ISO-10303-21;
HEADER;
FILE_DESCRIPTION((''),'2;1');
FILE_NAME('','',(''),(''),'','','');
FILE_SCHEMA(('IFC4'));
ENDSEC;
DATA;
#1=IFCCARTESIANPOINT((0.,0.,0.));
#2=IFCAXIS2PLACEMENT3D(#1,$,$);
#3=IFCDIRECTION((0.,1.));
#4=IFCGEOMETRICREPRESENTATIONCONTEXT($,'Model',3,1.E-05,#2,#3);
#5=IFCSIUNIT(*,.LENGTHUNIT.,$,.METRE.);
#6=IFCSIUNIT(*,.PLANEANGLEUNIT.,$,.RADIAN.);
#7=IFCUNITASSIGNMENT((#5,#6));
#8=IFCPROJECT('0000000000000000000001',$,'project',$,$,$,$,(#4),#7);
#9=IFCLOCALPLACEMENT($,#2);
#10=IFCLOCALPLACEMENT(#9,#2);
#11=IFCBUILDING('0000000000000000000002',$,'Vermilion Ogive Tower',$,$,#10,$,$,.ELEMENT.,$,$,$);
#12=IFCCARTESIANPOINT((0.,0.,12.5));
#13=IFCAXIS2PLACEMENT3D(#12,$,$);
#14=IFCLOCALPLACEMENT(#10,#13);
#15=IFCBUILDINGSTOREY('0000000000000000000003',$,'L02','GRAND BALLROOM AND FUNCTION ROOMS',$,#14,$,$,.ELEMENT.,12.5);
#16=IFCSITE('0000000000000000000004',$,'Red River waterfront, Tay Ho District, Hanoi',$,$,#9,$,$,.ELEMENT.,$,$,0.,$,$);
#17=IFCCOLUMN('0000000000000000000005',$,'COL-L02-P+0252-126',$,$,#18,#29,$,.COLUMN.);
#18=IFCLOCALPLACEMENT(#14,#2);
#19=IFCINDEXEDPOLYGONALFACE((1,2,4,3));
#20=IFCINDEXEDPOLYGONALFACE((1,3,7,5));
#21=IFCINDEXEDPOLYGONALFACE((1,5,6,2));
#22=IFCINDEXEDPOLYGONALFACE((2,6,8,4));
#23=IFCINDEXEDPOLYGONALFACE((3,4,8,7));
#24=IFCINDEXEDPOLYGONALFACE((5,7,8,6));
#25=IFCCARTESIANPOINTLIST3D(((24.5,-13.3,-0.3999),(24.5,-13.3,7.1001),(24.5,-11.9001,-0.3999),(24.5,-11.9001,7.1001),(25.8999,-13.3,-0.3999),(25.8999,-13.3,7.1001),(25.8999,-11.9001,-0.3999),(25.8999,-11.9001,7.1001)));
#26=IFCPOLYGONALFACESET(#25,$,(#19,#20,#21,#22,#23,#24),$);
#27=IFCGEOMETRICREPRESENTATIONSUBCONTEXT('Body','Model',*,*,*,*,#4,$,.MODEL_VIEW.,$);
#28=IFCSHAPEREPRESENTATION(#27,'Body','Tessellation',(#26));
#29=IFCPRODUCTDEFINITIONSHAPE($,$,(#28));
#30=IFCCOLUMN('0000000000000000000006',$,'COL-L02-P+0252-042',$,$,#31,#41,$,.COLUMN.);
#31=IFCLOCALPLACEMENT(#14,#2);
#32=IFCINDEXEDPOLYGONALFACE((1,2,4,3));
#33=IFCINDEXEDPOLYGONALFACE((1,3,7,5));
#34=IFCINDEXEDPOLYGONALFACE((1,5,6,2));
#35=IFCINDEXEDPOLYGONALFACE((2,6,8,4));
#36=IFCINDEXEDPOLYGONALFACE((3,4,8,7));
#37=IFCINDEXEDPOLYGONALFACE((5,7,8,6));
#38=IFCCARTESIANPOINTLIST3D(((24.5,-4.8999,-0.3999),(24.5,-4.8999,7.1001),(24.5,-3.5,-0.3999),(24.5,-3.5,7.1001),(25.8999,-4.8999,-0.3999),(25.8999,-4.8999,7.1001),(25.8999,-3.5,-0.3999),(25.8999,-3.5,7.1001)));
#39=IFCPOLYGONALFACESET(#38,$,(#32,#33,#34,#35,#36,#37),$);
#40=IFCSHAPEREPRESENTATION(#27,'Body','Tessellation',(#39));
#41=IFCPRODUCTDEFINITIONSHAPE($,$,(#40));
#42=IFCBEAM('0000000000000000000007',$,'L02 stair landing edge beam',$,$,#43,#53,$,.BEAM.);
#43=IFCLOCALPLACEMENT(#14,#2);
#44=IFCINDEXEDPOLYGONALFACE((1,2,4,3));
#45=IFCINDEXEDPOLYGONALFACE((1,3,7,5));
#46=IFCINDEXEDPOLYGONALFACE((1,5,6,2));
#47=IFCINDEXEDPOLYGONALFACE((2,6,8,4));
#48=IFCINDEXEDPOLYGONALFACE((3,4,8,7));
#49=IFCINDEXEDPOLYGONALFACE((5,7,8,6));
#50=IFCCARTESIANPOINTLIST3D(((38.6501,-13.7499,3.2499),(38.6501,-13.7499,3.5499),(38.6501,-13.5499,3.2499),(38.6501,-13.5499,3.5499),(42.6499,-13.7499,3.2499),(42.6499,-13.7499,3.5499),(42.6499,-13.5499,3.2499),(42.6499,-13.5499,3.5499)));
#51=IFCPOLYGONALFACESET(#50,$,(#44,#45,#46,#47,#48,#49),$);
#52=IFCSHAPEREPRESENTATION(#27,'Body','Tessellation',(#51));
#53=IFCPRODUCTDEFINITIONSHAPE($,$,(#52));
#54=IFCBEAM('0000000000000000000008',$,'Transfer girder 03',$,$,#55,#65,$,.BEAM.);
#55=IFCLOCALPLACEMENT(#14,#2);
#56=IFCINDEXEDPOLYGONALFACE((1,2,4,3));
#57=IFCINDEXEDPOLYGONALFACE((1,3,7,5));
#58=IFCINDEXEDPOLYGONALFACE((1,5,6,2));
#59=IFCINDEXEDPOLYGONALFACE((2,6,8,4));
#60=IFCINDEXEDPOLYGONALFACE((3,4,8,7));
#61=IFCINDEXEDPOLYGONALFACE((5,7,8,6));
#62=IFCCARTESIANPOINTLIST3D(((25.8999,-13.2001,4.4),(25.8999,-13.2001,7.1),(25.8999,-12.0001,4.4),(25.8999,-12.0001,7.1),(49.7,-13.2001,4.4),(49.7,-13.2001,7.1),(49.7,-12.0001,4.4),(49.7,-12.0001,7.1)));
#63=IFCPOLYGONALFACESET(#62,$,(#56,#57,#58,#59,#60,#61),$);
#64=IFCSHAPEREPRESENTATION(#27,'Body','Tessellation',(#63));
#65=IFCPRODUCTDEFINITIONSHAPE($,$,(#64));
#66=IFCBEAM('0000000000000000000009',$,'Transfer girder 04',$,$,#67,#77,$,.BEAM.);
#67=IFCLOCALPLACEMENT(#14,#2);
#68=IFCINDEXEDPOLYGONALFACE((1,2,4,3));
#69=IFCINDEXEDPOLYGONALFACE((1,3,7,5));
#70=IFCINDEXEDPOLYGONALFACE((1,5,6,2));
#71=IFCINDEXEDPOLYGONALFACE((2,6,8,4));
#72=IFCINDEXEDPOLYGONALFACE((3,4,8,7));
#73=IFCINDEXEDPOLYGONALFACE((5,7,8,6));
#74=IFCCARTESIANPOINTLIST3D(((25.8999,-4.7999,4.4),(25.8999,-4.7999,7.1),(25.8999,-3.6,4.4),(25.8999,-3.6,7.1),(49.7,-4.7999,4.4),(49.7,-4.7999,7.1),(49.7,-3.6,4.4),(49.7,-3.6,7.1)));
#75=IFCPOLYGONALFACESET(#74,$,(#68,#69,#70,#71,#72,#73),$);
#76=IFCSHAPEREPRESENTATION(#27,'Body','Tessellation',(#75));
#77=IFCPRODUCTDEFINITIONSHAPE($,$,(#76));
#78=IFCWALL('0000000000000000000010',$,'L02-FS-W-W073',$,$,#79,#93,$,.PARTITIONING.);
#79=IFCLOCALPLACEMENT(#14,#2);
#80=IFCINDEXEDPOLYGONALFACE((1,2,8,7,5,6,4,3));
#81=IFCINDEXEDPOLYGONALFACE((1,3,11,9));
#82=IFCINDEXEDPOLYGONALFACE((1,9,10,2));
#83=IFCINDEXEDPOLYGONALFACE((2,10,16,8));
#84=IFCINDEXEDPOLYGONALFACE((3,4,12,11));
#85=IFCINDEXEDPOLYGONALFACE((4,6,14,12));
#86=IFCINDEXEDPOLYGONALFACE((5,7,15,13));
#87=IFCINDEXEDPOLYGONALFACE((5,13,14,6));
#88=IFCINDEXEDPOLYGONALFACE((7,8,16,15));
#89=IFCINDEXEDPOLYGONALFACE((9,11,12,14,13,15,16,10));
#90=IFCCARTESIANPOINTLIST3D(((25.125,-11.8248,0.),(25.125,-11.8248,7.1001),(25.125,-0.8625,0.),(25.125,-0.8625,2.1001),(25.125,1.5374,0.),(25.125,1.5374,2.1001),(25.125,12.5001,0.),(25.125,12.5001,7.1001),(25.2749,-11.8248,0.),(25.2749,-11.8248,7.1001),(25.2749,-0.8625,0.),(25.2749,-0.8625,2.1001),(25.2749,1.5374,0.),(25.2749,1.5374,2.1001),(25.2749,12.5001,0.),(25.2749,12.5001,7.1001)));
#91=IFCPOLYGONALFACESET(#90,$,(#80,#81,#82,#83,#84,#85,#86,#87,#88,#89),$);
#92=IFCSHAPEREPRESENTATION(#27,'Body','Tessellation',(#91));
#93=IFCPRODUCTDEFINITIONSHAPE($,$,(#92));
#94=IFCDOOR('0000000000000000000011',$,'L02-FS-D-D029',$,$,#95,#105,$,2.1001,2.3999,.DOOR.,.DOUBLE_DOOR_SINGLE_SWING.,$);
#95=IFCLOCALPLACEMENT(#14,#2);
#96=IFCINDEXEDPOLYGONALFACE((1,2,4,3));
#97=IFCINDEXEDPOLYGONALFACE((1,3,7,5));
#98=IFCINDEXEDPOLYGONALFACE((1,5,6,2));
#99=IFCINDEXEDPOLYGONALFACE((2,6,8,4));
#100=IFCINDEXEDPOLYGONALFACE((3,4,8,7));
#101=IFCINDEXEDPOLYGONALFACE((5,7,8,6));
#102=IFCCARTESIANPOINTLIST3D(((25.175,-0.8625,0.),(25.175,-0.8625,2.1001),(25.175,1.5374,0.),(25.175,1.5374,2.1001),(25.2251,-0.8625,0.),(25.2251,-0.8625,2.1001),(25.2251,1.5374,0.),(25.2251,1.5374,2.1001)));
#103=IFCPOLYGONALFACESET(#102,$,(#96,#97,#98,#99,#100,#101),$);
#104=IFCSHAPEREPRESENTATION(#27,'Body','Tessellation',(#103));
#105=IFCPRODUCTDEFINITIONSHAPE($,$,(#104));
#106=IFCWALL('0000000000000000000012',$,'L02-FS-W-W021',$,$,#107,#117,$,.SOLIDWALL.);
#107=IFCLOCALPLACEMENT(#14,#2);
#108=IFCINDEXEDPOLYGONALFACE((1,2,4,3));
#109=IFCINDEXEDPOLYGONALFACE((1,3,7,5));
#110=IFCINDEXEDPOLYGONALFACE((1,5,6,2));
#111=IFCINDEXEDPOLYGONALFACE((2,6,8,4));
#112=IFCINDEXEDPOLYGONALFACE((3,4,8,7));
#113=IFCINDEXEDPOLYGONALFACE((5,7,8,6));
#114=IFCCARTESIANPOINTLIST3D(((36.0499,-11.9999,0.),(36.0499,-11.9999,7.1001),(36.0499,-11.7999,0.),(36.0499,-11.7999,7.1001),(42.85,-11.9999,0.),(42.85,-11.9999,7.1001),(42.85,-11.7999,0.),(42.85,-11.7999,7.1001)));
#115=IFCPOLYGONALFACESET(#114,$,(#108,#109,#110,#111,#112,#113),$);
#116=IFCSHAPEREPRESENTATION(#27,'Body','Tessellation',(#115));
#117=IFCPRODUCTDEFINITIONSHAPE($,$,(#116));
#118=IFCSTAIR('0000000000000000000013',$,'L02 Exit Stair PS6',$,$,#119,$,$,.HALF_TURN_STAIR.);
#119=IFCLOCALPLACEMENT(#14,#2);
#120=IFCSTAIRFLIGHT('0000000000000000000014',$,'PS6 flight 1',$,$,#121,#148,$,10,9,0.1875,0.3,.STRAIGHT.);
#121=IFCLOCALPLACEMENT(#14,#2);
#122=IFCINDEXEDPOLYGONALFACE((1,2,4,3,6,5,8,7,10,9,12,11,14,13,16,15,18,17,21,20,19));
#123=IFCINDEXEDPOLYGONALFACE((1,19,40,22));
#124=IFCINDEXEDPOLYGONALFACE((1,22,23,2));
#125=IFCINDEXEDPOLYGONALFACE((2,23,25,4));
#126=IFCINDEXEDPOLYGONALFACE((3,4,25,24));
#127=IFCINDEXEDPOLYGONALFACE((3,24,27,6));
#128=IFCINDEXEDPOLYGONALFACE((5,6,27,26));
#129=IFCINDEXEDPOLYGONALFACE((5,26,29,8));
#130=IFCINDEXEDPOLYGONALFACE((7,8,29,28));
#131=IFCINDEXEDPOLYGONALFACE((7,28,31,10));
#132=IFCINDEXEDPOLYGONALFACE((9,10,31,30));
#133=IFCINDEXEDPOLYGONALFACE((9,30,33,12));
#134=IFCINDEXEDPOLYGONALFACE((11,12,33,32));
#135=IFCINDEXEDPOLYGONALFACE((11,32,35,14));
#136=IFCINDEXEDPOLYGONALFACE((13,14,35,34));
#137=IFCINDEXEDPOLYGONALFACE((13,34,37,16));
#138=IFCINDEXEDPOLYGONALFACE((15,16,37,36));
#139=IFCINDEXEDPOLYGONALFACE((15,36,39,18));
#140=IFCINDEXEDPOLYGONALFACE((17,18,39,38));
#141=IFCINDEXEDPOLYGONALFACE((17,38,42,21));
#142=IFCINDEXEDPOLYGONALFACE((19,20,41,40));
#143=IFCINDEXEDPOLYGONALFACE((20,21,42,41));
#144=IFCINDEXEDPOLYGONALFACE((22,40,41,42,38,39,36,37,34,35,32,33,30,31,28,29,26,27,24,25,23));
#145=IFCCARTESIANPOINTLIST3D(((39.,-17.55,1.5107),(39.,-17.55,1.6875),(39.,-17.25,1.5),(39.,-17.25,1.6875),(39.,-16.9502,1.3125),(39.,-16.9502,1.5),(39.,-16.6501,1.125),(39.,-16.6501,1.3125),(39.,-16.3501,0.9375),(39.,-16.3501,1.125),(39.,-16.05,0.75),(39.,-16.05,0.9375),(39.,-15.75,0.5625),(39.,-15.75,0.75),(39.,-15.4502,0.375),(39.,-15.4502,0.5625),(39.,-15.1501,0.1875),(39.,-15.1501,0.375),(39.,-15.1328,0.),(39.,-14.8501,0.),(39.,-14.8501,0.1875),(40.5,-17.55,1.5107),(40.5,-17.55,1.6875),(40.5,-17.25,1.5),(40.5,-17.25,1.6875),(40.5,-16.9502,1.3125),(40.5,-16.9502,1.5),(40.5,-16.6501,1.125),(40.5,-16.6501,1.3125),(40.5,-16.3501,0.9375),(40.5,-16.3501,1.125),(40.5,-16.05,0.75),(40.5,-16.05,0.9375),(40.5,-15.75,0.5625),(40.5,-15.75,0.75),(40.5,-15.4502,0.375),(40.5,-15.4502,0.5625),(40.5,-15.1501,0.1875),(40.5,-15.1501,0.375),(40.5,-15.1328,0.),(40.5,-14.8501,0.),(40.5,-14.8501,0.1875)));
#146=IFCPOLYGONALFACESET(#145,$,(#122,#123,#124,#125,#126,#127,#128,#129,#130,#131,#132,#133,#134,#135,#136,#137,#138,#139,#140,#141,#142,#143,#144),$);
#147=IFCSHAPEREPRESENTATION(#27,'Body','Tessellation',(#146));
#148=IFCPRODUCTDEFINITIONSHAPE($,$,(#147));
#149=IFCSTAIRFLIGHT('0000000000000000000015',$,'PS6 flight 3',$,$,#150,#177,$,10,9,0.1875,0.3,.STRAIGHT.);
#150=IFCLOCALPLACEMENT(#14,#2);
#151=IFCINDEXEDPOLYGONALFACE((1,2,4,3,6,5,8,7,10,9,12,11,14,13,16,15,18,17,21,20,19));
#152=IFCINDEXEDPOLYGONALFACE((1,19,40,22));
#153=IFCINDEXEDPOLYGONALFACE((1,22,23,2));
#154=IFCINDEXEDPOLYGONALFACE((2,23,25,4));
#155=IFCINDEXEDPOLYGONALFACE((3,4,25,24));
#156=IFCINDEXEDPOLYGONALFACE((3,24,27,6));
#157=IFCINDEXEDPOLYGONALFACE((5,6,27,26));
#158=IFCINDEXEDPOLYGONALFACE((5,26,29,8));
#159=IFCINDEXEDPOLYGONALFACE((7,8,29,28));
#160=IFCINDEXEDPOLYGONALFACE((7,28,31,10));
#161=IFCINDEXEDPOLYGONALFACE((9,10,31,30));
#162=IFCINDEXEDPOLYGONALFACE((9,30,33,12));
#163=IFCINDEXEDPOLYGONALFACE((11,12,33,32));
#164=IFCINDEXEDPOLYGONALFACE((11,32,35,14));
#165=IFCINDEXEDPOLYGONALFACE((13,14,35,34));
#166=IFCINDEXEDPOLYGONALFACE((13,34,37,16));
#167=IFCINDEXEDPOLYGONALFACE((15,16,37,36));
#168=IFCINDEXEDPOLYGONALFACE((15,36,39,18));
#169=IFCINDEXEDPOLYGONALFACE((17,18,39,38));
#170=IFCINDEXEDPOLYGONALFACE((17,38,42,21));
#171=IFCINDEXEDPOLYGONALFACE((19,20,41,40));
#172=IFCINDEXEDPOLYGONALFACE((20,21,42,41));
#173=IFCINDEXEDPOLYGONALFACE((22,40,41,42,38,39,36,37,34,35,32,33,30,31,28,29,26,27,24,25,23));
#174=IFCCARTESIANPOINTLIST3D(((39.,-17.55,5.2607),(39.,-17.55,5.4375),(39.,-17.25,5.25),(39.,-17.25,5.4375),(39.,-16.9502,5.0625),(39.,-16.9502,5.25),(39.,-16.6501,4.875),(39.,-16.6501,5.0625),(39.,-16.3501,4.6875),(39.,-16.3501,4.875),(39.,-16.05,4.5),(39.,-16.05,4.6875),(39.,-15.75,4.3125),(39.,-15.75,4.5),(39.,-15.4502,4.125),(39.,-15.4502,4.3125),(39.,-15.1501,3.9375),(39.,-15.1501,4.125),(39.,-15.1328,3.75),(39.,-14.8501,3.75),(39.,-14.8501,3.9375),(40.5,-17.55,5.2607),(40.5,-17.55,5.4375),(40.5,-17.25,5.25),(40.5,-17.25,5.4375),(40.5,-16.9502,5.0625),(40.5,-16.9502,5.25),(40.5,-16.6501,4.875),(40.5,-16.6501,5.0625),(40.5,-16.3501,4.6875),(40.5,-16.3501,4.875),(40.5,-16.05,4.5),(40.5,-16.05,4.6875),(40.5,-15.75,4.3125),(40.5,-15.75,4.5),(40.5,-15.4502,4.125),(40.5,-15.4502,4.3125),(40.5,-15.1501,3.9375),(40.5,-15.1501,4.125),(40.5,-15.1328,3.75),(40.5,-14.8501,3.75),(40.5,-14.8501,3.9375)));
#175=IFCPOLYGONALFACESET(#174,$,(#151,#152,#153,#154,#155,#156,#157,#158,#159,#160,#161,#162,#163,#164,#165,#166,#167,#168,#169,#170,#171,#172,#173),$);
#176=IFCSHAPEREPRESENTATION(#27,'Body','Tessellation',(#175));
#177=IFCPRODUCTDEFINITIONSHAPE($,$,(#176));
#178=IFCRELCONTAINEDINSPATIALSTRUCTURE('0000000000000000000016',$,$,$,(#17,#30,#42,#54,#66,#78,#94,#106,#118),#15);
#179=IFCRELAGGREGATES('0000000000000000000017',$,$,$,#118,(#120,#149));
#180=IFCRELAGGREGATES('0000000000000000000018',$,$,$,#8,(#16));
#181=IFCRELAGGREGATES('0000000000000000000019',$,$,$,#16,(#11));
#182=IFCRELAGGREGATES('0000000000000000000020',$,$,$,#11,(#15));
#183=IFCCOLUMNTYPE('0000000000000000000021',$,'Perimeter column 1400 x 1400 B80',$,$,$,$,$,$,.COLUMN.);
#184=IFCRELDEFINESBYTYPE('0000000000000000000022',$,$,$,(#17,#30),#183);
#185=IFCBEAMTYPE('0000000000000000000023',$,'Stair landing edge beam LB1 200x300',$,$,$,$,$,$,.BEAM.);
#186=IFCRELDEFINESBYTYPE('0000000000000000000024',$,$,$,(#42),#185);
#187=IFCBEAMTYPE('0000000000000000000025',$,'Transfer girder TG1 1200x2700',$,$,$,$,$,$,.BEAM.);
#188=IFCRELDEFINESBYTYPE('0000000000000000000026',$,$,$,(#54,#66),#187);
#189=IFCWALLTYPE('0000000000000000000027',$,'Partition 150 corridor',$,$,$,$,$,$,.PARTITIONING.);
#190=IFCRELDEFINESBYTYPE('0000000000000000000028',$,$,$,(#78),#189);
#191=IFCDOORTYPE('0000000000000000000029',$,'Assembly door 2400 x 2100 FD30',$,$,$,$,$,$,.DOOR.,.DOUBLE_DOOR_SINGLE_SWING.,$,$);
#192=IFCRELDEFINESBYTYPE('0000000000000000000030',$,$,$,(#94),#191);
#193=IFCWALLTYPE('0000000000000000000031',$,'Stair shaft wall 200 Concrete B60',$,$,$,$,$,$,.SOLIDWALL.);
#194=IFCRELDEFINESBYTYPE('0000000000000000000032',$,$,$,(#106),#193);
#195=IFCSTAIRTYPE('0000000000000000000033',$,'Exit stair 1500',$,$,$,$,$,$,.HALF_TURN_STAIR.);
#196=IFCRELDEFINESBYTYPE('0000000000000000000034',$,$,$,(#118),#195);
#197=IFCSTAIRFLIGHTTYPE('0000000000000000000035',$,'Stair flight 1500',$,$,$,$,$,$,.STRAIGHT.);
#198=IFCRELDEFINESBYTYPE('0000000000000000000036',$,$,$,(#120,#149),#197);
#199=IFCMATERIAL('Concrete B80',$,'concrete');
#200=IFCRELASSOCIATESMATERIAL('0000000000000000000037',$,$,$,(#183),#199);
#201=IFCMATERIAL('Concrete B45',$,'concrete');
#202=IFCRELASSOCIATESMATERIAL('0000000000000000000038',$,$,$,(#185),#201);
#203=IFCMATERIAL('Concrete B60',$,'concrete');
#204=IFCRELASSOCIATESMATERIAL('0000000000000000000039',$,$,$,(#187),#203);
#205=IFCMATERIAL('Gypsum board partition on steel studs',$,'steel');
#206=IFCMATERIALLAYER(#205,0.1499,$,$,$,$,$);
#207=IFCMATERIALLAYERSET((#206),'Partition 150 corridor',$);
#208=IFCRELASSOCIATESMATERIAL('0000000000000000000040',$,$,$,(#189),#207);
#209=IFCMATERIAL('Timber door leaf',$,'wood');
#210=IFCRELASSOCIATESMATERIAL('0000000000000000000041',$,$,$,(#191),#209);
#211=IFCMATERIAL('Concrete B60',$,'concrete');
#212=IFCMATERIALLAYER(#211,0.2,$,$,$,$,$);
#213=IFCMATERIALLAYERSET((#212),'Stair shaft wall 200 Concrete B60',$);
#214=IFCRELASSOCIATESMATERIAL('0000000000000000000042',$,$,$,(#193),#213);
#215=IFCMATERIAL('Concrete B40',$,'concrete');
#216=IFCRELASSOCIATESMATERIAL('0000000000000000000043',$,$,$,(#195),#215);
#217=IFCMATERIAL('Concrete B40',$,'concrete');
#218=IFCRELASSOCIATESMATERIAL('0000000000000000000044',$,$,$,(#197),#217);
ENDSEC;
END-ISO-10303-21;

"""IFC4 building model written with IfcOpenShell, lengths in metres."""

from ifc_helpers import new_model, si_unit, direction, frame, frame_2d, origin, origin_2d, place, context, subcontext, project, spatial, polyline, rectangle, outline, extrude, material, layer, layer_set, material_profile, profile_set, type_object, element, fill, aggregate, save


model = new_model("IFC4")

# Units and contexts
model_context = context("Model", 3, precision=1e-05, world=origin(), true_north=direction((0.0, 1.0)))
body_context = subcontext(model_context, "Body", "Model", "MODEL_VIEW")
ifc_project = project(units=[si_unit("LENGTHUNIT", "METRE"), si_unit("PLANEANGLEUNIT", "RADIAN")], contexts=[model_context])

# Site, building, storey
site_placement = place(None, origin())
site = spatial("IfcSite", under=ifc_project, at=site_placement, Name="Red River waterfront, Tay Ho District, Hanoi", CompositionType="ELEMENT", RefElevation=0.0)
building_placement = place(site_placement, origin())
building = spatial("IfcBuilding", under=site, at=building_placement, Name="Vermilion Ogive Tower", CompositionType="ELEMENT")
storey_placement = place(building_placement, frame((0.0, 0.0, 12.5)))
storey = spatial("IfcBuildingStorey", under=building, at=storey_placement, Name="L02", Description="GRAND BALLROOM AND FUNCTION ROOMS", CompositionType="ELEMENT", Elevation=12.5)

# Columns
ifc_material_1 = material(Name="Concrete B80", Category="concrete")
ifc_material_profile_1 = material_profile(ifc_material_1, rectangle(XDim=1.3999, YDim=1.3999, at=origin_2d()), Name="1400 x 1400")
ifc_profile_set_1 = profile_set([ifc_material_profile_1], Name="Concrete B80")
column_type = type_object("IfcColumnType", Name="Perimeter column 1400 x 1400 B80", PredefinedType="COLUMN", material=ifc_profile_set_1)
for number, where, z_axis, x_axis, name in (
    (1, (25.2, -12.6001, -0.3999), (0.0, 0.0, 1.0), (1.0, 0.0, 0.0), "COL-L02-P+0252-126"),
    (2, (25.2, -4.2, -0.3999), (0.0, 0.0, 1.0), (1.0, 0.0, 0.0), "COL-L02-P+0252-042"),
):
    element("IfcColumn", number, at=place(storey_placement, frame(where, z_axis=z_axis, x_axis=x_axis)), inside=storey, type_object=column_type, Name=name, PredefinedType="COLUMN", context=body_context, shape_type="SweptSolid", body=[
        extrude(rectangle(XDim=1.3999, YDim=1.3999, at=origin_2d()), origin(), (0.0, 0.0, 1.0), 7.5),
    ])

# Beams
ifc_material_2 = material(Name="Concrete B45", Category="concrete")
ifc_material_profile_2 = material_profile(ifc_material_2, rectangle(XDim=0.2, YDim=0.3, at=origin_2d()), Name="RC 200x300")
ifc_profile_set_2 = profile_set([ifc_material_profile_2], Name="Concrete B45")
beam_type_1 = type_object("IfcBeamType", Name="Stair landing edge beam LB1 200x300", PredefinedType="BEAM", material=ifc_profile_set_2)
beam_placement = place(storey_placement, frame((38.6501, -13.6499, 3.3999), z_axis=(1.0, 0.0, 0.0), x_axis=(0.0, 1.0, 0.0)))
element("IfcBeam", 3, at=beam_placement, inside=storey, type_object=beam_type_1, Name="L02 stair landing edge beam", PredefinedType="BEAM", context=body_context, shape_type="SweptSolid", body=[
    extrude(rectangle(XDim=0.2, YDim=0.3, at=origin_2d()), origin(), (0.0, 0.0, 1.0), 3.9998),
])
ifc_material_3 = material(Name="Concrete B60", Category="concrete")
ifc_material_profile_3 = material_profile(ifc_material_3, rectangle(XDim=1.2, YDim=2.7, at=origin_2d()), Name="RC 1200x2700")
ifc_profile_set_3 = profile_set([ifc_material_profile_3], Name="Concrete B60")
beam_type_2 = type_object("IfcBeamType", Name="Transfer girder TG1 1200x2700", PredefinedType="BEAM", material=ifc_profile_set_3)
for number, where, z_axis, x_axis, name in (
    (4, (25.8999, -12.6001, 5.75), (1.0, 0.0, 0.0), (0.0, 1.0, 0.0), "Transfer girder 03"),
    (5, (25.8999, -4.2, 5.75), (1.0, 0.0, 0.0), (0.0, 1.0, 0.0), "Transfer girder 04"),
):
    element("IfcBeam", number, at=place(storey_placement, frame(where, z_axis=z_axis, x_axis=x_axis)), inside=storey, type_object=beam_type_2, Name=name, PredefinedType="BEAM", context=body_context, shape_type="SweptSolid", body=[
        extrude(rectangle(XDim=1.2, YDim=2.7, at=origin_2d()), origin(), (0.0, 0.0, 1.0), 23.8),
    ])

# Wall, opening, door
ifc_material_4 = material(Name="Gypsum board partition on steel studs", Category="steel")
ifc_layer_1 = layer(ifc_material_4, 0.1499)
ifc_layer_set_1 = layer_set([ifc_layer_1], Name="Partition 150 corridor")
wall_type_1 = type_object("IfcWallType", Name="Partition 150 corridor", PredefinedType="PARTITIONING", material=ifc_layer_set_1)
wall_1_placement = place(storey_placement, frame((25.2, -11.825, 0.0), z_axis=(0.0, 0.0, 1.0), x_axis=(0.0, 1.0, 0.0)))
wall_1 = element("IfcWall", 6, at=wall_1_placement, inside=storey, type_object=wall_type_1, Name="L02-FS-W-W073", PredefinedType="PARTITIONING", context=body_context, shape_type="SweptSolid", body=[
    extrude(rectangle(XDim=24.325, YDim=0.1499, at=frame_2d((12.1626, 0.0))), origin(), (0.0, 0.0, 1.0), 7.1001),
])
opening_placement = place(wall_1_placement, frame((10.9624, 0.0, 0.0)))
opening = element("IfcOpeningElement", 7, at=opening_placement, cuts=wall_1, PredefinedType="OPENING", context=body_context, shape_type="SweptSolid", body=[
    extrude(rectangle(XDim=2.3999, YDim=2.1001, at=frame_2d((1.2, 1.05))), frame((0.0, 0.085, 0.0), z_axis=(0.0, -1.0, 0.0), x_axis=(1.0, 0.0, 0.0)), (0.0, 0.0, 1.0), 0.1699),
])
ifc_material_5 = material(Name="Timber door leaf", Category="wood")
door_type = type_object("IfcDoorType", Name="Assembly door 2400 x 2100 FD30", OperationType="DOUBLE_DOOR_SINGLE_SWING", PredefinedType="DOOR", material=ifc_material_5)
door_placement = place(opening_placement, origin())
door = element("IfcDoor", 8, at=door_placement, inside=storey, type_object=door_type, Name="L02-FS-D-D029", OperationType="DOUBLE_DOOR_SINGLE_SWING", OverallHeight=2.1001, OverallWidth=2.3999, PredefinedType="DOOR", context=body_context, shape_type="SweptSolid", body=[
    extrude(rectangle(XDim=2.3999, YDim=2.1001, at=frame_2d((1.2, 1.05))), frame((0.0, 0.0249, 0.0), z_axis=(0.0, -1.0, 0.0), x_axis=(1.0, 0.0, 0.0)), (0.0, 0.0, 1.0), 0.05),
])
fill(opening, door)

# Wall
ifc_material_6 = material(Name="Concrete B60", Category="concrete")
ifc_layer_2 = layer(ifc_material_6, 0.2)
ifc_layer_set_2 = layer_set([ifc_layer_2], Name="Stair shaft wall 200 Concrete B60")
wall_type_2 = type_object("IfcWallType", Name="Stair shaft wall 200 Concrete B60", PredefinedType="SOLIDWALL", material=ifc_layer_set_2)
wall_2_placement = place(storey_placement, frame((36.05, -11.8999, 0.0), z_axis=(0.0, 0.0, 1.0), x_axis=(1.0, 0.0, 0.0)))
element("IfcWall", 9, at=wall_2_placement, inside=storey, type_object=wall_type_2, Name="L02-FS-W-W021", PredefinedType="SOLIDWALL", context=body_context, shape_type="SweptSolid", body=[
    extrude(rectangle(XDim=6.8, YDim=0.2, at=frame_2d((3.3999, 0.0))), origin(), (0.0, 0.0, 1.0), 7.1001),
])

# Stair, stair flights
ifc_material_7 = material(Name="Concrete B40", Category="concrete")
stair_type = type_object("IfcStairType", Name="Exit stair 1500", PredefinedType="HALF_TURN_STAIR", material=ifc_material_7)
stair_placement = place(storey_placement, origin())
stair = element("IfcStair", 10, at=stair_placement, inside=storey, type_object=stair_type, Name="L02 Exit Stair PS6", PredefinedType="HALF_TURN_STAIR")
ifc_material_8 = material(Name="Concrete B40", Category="concrete")
stair_flight_type = type_object("IfcStairFlightType", Name="Stair flight 1500", PredefinedType="STRAIGHT", material=ifc_material_8)
stair_flight_1_placement = place(storey_placement, frame((39.75, -14.8501, 0.0), z_axis=(0.0, 0.0, 1.0), x_axis=(0.0, -1.0, 0.0)))
stair_flight_1 = element("IfcStairFlight", 11, at=stair_flight_1_placement, type_object=stair_flight_type, Name="PS6 flight 1", NumberOfRisers=10, NumberOfTreads=9, PredefinedType="STRAIGHT", RiserHeight=0.1875, TreadLength=0.3, context=body_context, shape_type="SweptSolid", body=[
    extrude(outline(polyline([(0.0, 0.0), (0.0, 0.1875), (0.3, 0.1875), (0.3, 0.375), (0.6001, 0.375), (0.6001, 0.5625), (0.8999, 0.5625), (0.8999, 0.75), (1.2, 0.75), (1.2, 0.9375), (1.5, 0.9375), (1.5, 1.125), (1.8, 1.125), (1.8, 1.3125), (2.1001, 1.3125), (2.1001, 1.5), (2.3999, 1.5), (2.3999, 1.6875), (2.7, 1.6875), (2.7, 1.875), (2.7, 1.5107), (0.2827, 0.0), (0.0, 0.0)])), frame((0.0, 0.75, 0.0), z_axis=(0.0, -1.0, 0.0), x_axis=(1.0, 0.0, 0.0)), (0.0, 0.0, 1.0), 1.5),
])
stair_flight_2_placement = place(storey_placement, frame((39.75, -14.8501, 3.75), z_axis=(0.0, 0.0, 1.0), x_axis=(0.0, -1.0, 0.0)))
stair_flight_2 = element("IfcStairFlight", 12, at=stair_flight_2_placement, type_object=stair_flight_type, Name="PS6 flight 3", NumberOfRisers=10, NumberOfTreads=9, PredefinedType="STRAIGHT", RiserHeight=0.1875, TreadLength=0.3, context=body_context, shape_type="SweptSolid", body=[
    extrude(outline(polyline([(0.0, 0.0), (0.0, 0.1875), (0.3, 0.1875), (0.3, 0.375), (0.6001, 0.375), (0.6001, 0.5625), (0.8999, 0.5625), (0.8999, 0.75), (1.2, 0.75), (1.2, 0.9375), (1.5, 0.9375), (1.5, 1.125), (1.8, 1.125), (1.8, 1.3125), (2.1001, 1.3125), (2.1001, 1.5), (2.3999, 1.5), (2.3999, 1.6875), (2.7, 1.6875), (2.7, 1.875), (2.7, 1.5107), (0.2827, 0.0), (0.0, 0.0)])), frame((0.0, 0.75, 0.0), z_axis=(0.0, -1.0, 0.0), x_axis=(1.0, 0.0, 0.0)), (0.0, 0.0, 1.0), 1.5),
])
aggregate(stair, [stair_flight_1, stair_flight_2])

save(model, "model.ifc")
